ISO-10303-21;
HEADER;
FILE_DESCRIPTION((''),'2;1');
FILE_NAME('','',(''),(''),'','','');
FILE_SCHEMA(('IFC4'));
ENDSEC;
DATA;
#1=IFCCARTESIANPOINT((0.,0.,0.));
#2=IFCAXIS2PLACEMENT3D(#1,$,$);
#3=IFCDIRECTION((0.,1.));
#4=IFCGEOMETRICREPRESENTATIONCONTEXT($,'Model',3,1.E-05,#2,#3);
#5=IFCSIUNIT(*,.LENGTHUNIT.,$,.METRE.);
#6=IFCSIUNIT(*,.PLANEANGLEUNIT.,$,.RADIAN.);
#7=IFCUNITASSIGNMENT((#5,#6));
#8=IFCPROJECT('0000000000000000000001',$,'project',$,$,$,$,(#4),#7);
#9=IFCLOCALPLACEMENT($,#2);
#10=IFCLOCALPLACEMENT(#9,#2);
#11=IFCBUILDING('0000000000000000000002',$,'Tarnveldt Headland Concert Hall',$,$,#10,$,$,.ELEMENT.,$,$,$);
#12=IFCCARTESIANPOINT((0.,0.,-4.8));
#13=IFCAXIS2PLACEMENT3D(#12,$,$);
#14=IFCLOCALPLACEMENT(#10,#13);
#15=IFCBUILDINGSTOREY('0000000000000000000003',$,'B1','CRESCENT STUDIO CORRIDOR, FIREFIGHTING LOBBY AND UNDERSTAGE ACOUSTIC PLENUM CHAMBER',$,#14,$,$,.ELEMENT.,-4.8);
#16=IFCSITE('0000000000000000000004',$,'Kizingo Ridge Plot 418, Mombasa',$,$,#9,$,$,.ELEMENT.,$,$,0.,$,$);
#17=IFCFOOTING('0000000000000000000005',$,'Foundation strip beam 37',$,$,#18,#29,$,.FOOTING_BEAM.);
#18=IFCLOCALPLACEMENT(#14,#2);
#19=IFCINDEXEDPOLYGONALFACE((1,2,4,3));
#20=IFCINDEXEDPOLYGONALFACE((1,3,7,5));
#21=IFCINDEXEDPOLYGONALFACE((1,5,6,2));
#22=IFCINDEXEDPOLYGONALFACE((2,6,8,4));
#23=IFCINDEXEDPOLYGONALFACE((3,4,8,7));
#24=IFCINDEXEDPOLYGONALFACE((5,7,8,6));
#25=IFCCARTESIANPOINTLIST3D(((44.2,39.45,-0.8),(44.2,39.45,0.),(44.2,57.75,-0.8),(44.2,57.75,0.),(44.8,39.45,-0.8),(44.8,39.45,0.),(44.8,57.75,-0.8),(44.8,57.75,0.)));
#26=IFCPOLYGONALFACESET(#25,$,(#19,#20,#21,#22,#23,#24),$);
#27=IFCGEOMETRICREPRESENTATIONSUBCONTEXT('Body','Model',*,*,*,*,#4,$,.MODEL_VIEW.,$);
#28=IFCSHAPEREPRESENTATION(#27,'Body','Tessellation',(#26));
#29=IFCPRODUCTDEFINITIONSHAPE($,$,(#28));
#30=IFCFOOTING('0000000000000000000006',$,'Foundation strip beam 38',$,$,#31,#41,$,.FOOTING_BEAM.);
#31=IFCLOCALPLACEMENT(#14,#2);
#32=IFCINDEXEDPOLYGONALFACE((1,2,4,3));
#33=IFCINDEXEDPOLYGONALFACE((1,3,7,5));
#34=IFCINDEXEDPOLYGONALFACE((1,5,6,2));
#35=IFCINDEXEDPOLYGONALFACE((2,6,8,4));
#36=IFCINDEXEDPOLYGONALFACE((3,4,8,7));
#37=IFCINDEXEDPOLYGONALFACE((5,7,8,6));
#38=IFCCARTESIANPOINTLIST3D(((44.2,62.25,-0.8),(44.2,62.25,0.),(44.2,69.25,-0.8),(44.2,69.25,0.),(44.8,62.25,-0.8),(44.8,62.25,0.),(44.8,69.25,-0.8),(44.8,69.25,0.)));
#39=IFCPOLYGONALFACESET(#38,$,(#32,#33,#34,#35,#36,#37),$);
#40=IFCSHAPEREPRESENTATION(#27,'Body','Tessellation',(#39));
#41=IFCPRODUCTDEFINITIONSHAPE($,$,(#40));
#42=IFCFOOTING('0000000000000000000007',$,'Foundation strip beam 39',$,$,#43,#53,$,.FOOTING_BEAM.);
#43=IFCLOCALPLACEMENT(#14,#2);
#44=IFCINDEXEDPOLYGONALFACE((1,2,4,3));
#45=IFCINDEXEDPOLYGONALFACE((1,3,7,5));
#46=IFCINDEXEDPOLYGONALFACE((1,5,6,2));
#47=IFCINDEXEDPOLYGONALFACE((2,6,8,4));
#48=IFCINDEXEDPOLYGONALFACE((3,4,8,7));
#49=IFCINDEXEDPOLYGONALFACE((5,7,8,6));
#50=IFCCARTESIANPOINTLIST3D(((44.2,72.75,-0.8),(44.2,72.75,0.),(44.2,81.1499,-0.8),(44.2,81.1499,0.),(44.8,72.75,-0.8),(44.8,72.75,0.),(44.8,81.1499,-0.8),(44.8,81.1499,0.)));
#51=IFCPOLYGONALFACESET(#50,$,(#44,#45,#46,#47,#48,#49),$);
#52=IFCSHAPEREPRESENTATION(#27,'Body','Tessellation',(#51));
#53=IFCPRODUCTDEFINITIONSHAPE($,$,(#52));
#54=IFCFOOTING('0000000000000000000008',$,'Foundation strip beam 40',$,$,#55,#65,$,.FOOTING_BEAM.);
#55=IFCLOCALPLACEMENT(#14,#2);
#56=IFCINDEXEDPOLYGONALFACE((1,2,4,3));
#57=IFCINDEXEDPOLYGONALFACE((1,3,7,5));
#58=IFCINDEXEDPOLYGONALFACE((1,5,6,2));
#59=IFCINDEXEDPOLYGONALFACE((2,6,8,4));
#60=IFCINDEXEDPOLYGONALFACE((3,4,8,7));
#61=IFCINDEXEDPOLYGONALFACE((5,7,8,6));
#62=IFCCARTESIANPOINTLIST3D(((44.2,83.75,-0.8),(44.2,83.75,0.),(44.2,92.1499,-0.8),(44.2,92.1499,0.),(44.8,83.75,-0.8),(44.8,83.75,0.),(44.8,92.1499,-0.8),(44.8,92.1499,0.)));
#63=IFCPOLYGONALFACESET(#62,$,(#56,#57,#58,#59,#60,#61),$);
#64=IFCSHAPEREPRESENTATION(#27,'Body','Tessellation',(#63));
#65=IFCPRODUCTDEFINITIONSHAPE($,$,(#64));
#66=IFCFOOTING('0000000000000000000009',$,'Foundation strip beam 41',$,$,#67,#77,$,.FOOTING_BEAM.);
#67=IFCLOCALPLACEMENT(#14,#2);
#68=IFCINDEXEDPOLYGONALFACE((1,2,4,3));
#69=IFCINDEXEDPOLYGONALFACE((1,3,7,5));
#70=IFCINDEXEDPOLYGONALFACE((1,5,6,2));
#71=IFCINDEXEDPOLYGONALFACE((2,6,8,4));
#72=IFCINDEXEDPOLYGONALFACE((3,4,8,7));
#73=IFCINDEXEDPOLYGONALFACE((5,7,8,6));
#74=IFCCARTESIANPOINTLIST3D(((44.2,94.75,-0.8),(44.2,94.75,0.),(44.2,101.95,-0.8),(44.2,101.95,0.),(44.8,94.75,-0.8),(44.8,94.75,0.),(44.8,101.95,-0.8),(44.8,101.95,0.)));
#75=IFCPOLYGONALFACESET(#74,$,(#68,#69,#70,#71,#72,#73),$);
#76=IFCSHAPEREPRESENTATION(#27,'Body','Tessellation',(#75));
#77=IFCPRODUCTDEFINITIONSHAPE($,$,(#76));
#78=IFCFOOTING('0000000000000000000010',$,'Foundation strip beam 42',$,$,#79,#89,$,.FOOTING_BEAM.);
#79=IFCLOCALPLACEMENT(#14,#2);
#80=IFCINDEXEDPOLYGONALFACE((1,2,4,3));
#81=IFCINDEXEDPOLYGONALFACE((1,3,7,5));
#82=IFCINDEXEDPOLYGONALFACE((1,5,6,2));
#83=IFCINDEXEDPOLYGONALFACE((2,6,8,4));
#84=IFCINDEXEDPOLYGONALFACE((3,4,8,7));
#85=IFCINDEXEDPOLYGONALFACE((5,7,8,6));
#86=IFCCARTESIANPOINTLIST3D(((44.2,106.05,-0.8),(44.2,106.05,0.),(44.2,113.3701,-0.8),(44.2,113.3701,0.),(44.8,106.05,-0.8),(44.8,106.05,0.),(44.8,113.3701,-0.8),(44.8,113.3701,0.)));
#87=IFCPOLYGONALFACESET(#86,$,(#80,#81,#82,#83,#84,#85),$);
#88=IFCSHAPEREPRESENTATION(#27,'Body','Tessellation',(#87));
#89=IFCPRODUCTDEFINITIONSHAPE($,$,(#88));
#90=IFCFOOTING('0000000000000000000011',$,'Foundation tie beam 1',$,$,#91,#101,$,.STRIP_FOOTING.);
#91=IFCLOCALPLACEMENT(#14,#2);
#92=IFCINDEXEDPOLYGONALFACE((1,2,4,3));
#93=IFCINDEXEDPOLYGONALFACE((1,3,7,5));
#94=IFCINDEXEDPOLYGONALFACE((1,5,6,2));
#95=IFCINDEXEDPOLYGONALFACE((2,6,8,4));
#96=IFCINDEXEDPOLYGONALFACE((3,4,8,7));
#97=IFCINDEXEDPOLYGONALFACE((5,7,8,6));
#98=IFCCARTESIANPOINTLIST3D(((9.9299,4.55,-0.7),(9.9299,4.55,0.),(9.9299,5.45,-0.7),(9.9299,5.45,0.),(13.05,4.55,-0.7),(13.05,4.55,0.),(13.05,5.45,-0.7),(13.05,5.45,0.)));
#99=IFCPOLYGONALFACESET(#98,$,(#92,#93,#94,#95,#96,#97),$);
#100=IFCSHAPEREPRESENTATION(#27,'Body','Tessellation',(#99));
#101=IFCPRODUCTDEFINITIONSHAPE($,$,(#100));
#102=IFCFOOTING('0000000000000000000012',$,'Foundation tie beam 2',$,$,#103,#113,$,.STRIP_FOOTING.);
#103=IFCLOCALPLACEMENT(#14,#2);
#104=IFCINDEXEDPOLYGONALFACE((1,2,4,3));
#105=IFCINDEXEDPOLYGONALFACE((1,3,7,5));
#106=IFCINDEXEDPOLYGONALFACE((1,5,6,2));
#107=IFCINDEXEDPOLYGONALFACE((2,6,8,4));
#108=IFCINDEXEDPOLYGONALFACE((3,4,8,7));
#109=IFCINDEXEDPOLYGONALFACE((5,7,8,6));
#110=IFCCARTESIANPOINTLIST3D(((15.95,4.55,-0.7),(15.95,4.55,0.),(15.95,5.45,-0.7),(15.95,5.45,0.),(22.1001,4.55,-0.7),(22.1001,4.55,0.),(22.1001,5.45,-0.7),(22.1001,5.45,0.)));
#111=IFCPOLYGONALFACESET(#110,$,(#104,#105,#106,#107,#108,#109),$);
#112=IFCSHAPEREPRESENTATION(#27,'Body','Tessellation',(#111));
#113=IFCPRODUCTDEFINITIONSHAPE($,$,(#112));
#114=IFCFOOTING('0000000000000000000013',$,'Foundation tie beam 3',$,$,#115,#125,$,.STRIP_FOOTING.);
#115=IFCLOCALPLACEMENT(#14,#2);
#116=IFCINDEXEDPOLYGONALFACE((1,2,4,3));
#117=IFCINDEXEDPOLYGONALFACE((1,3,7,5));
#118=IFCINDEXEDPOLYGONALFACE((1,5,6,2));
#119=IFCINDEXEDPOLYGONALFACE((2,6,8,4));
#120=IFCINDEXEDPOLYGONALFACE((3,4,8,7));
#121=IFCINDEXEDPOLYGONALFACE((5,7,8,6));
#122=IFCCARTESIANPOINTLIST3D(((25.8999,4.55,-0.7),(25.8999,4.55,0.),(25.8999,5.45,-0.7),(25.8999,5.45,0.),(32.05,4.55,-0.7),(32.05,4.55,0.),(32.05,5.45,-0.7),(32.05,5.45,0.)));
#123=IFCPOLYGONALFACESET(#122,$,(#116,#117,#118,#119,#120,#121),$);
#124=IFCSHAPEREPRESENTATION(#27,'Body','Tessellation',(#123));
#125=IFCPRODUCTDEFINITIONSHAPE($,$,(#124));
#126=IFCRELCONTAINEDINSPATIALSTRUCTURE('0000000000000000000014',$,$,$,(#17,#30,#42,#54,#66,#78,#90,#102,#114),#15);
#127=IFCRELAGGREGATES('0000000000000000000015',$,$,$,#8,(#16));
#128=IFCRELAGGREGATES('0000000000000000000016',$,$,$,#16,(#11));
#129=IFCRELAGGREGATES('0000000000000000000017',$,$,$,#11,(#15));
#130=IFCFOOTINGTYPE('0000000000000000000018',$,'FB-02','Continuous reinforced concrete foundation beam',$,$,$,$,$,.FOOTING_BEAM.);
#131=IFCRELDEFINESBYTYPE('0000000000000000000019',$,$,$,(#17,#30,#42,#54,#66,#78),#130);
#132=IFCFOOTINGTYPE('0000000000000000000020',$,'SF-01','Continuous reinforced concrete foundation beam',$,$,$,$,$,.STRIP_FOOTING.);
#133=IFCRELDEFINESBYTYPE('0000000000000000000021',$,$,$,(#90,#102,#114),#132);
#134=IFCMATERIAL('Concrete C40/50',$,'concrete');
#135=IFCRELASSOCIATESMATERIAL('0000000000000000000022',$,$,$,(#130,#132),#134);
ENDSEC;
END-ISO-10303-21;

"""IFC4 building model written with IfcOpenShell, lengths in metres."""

from ifc_helpers import new_model, si_unit, direction, frame, origin, place, context, subcontext, project, spatial, polyline, outline, extrude, material, type_object, element, save


model = new_model("IFC4")

# Units and contexts
model_context = context("Model", 3, precision=1e-05, world=origin(), true_north=direction((0.0, 1.0)))
body_context = subcontext(model_context, "Body", "Model", "MODEL_VIEW")
ifc_project = project(units=[si_unit("LENGTHUNIT", "METRE"), si_unit("PLANEANGLEUNIT", "RADIAN")], contexts=[model_context])

# Site, building, storey
site_placement = place(None, origin())
site = spatial("IfcSite", under=ifc_project, at=site_placement, Name="Kizingo Ridge Plot 418, Mombasa", CompositionType="ELEMENT", RefElevation=0.0)
building_placement = place(site_placement, origin())
building = spatial("IfcBuilding", under=site, at=building_placement, Name="Tarnveldt Headland Concert Hall", CompositionType="ELEMENT")
storey_placement = place(building_placement, frame((0.0, 0.0, -4.8)))
storey = spatial("IfcBuildingStorey", under=building, at=storey_placement, Name="B1", Description="CRESCENT STUDIO CORRIDOR, FIREFIGHTING LOBBY AND UNDERSTAGE ACOUSTIC PLENUM CHAMBER", CompositionType="ELEMENT", Elevation=-4.8)

# Footings
ifc_material = material(Name="Concrete C40/50", Category="concrete")
footing_type_1 = type_object("IfcFootingType", Name="FB-02", Description="Continuous reinforced concrete foundation beam", PredefinedType="FOOTING_BEAM", material=ifc_material)
footing_1_placement = place(storey_placement, frame((0.0, 0.0, -0.8)))
element("IfcFooting", 1, at=footing_1_placement, inside=storey, type_object=footing_type_1, Name="Foundation strip beam 37", PredefinedType="FOOTING_BEAM", context=body_context, shape_type="SweptSolid", body=[
    extrude(outline(polyline([(44.8, 39.45), (44.8, 57.75), (44.2, 57.75), (44.2, 39.45), (44.8, 39.45)])), origin(), (0.0, 0.0, 1.0), 0.8),
])
footing_2_placement = place(storey_placement, frame((0.0, 0.0, -0.8)))
element("IfcFooting", 2, at=footing_2_placement, inside=storey, type_object=footing_type_1, Name="Foundation strip beam 38", PredefinedType="FOOTING_BEAM", context=body_context, shape_type="SweptSolid", body=[
    extrude(outline(polyline([(44.8, 62.25), (44.8, 69.25), (44.2, 69.25), (44.2, 62.25), (44.8, 62.25)])), origin(), (0.0, 0.0, 1.0), 0.8),
])
footing_3_placement = place(storey_placement, frame((0.0, 0.0, -0.8)))
element("IfcFooting", 3, at=footing_3_placement, inside=storey, type_object=footing_type_1, Name="Foundation strip beam 39", PredefinedType="FOOTING_BEAM", context=body_context, shape_type="SweptSolid", body=[
    extrude(outline(polyline([(44.8, 72.75), (44.8, 81.1499), (44.2, 81.1499), (44.2, 72.75), (44.8, 72.75)])), origin(), (0.0, 0.0, 1.0), 0.8),
])
footing_4_placement = place(storey_placement, frame((0.0, 0.0, -0.8)))
element("IfcFooting", 4, at=footing_4_placement, inside=storey, type_object=footing_type_1, Name="Foundation strip beam 40", PredefinedType="FOOTING_BEAM", context=body_context, shape_type="SweptSolid", body=[
    extrude(outline(polyline([(44.8, 83.75), (44.8, 92.1499), (44.2, 92.1499), (44.2, 83.75), (44.8, 83.75)])), origin(), (0.0, 0.0, 1.0), 0.8),
])
footing_5_placement = place(storey_placement, frame((0.0, 0.0, -0.8)))
element("IfcFooting", 5, at=footing_5_placement, inside=storey, type_object=footing_type_1, Name="Foundation strip beam 41", PredefinedType="FOOTING_BEAM", context=body_context, shape_type="SweptSolid", body=[
    extrude(outline(polyline([(44.8, 94.75), (44.8, 101.95), (44.2, 101.95), (44.2, 94.75), (44.8, 94.75)])), origin(), (0.0, 0.0, 1.0), 0.8),
])
footing_6_placement = place(storey_placement, frame((0.0, 0.0, -0.8)))
element("IfcFooting", 6, at=footing_6_placement, inside=storey, type_object=footing_type_1, Name="Foundation strip beam 42", PredefinedType="FOOTING_BEAM", context=body_context, shape_type="SweptSolid", body=[
    extrude(outline(polyline([(44.8, 106.05), (44.8, 113.3701), (44.2, 113.3701), (44.2, 106.05), (44.8, 106.05)])), origin(), (0.0, 0.0, 1.0), 0.8),
])
footing_type_2 = type_object("IfcFootingType", Name="SF-01", Description="Continuous reinforced concrete foundation beam", PredefinedType="STRIP_FOOTING", material=ifc_material)
footing_7_placement = place(storey_placement, frame((0.0, 0.0, -0.7)))
element("IfcFooting", 7, at=footing_7_placement, inside=storey, type_object=footing_type_2, Name="Foundation tie beam 1", PredefinedType="STRIP_FOOTING", context=body_context, shape_type="SweptSolid", body=[
    extrude(outline(polyline([(13.05, 4.55), (13.05, 5.45), (9.9299, 5.45), (9.9299, 4.55), (13.05, 4.55)])), origin(), (0.0, 0.0, 1.0), 0.7),
])
footing_8_placement = place(storey_placement, frame((0.0, 0.0, -0.7)))
element("IfcFooting", 8, at=footing_8_placement, inside=storey, type_object=footing_type_2, Name="Foundation tie beam 2", PredefinedType="STRIP_FOOTING", context=body_context, shape_type="SweptSolid", body=[
    extrude(outline(polyline([(22.1001, 4.55), (22.1001, 5.45), (15.95, 5.45), (15.95, 4.55), (22.1001, 4.55)])), origin(), (0.0, 0.0, 1.0), 0.7),
])
footing_9_placement = place(storey_placement, frame((0.0, 0.0, -0.7)))
element("IfcFooting", 9, at=footing_9_placement, inside=storey, type_object=footing_type_2, Name="Foundation tie beam 3", PredefinedType="STRIP_FOOTING", context=body_context, shape_type="SweptSolid", body=[
    extrude(outline(polyline([(32.05, 4.55), (32.05, 5.45), (25.8999, 5.45), (25.8999, 4.55), (32.05, 4.55)])), origin(), (0.0, 0.0, 1.0), 0.7),
])

save(model, "model.ifc")
